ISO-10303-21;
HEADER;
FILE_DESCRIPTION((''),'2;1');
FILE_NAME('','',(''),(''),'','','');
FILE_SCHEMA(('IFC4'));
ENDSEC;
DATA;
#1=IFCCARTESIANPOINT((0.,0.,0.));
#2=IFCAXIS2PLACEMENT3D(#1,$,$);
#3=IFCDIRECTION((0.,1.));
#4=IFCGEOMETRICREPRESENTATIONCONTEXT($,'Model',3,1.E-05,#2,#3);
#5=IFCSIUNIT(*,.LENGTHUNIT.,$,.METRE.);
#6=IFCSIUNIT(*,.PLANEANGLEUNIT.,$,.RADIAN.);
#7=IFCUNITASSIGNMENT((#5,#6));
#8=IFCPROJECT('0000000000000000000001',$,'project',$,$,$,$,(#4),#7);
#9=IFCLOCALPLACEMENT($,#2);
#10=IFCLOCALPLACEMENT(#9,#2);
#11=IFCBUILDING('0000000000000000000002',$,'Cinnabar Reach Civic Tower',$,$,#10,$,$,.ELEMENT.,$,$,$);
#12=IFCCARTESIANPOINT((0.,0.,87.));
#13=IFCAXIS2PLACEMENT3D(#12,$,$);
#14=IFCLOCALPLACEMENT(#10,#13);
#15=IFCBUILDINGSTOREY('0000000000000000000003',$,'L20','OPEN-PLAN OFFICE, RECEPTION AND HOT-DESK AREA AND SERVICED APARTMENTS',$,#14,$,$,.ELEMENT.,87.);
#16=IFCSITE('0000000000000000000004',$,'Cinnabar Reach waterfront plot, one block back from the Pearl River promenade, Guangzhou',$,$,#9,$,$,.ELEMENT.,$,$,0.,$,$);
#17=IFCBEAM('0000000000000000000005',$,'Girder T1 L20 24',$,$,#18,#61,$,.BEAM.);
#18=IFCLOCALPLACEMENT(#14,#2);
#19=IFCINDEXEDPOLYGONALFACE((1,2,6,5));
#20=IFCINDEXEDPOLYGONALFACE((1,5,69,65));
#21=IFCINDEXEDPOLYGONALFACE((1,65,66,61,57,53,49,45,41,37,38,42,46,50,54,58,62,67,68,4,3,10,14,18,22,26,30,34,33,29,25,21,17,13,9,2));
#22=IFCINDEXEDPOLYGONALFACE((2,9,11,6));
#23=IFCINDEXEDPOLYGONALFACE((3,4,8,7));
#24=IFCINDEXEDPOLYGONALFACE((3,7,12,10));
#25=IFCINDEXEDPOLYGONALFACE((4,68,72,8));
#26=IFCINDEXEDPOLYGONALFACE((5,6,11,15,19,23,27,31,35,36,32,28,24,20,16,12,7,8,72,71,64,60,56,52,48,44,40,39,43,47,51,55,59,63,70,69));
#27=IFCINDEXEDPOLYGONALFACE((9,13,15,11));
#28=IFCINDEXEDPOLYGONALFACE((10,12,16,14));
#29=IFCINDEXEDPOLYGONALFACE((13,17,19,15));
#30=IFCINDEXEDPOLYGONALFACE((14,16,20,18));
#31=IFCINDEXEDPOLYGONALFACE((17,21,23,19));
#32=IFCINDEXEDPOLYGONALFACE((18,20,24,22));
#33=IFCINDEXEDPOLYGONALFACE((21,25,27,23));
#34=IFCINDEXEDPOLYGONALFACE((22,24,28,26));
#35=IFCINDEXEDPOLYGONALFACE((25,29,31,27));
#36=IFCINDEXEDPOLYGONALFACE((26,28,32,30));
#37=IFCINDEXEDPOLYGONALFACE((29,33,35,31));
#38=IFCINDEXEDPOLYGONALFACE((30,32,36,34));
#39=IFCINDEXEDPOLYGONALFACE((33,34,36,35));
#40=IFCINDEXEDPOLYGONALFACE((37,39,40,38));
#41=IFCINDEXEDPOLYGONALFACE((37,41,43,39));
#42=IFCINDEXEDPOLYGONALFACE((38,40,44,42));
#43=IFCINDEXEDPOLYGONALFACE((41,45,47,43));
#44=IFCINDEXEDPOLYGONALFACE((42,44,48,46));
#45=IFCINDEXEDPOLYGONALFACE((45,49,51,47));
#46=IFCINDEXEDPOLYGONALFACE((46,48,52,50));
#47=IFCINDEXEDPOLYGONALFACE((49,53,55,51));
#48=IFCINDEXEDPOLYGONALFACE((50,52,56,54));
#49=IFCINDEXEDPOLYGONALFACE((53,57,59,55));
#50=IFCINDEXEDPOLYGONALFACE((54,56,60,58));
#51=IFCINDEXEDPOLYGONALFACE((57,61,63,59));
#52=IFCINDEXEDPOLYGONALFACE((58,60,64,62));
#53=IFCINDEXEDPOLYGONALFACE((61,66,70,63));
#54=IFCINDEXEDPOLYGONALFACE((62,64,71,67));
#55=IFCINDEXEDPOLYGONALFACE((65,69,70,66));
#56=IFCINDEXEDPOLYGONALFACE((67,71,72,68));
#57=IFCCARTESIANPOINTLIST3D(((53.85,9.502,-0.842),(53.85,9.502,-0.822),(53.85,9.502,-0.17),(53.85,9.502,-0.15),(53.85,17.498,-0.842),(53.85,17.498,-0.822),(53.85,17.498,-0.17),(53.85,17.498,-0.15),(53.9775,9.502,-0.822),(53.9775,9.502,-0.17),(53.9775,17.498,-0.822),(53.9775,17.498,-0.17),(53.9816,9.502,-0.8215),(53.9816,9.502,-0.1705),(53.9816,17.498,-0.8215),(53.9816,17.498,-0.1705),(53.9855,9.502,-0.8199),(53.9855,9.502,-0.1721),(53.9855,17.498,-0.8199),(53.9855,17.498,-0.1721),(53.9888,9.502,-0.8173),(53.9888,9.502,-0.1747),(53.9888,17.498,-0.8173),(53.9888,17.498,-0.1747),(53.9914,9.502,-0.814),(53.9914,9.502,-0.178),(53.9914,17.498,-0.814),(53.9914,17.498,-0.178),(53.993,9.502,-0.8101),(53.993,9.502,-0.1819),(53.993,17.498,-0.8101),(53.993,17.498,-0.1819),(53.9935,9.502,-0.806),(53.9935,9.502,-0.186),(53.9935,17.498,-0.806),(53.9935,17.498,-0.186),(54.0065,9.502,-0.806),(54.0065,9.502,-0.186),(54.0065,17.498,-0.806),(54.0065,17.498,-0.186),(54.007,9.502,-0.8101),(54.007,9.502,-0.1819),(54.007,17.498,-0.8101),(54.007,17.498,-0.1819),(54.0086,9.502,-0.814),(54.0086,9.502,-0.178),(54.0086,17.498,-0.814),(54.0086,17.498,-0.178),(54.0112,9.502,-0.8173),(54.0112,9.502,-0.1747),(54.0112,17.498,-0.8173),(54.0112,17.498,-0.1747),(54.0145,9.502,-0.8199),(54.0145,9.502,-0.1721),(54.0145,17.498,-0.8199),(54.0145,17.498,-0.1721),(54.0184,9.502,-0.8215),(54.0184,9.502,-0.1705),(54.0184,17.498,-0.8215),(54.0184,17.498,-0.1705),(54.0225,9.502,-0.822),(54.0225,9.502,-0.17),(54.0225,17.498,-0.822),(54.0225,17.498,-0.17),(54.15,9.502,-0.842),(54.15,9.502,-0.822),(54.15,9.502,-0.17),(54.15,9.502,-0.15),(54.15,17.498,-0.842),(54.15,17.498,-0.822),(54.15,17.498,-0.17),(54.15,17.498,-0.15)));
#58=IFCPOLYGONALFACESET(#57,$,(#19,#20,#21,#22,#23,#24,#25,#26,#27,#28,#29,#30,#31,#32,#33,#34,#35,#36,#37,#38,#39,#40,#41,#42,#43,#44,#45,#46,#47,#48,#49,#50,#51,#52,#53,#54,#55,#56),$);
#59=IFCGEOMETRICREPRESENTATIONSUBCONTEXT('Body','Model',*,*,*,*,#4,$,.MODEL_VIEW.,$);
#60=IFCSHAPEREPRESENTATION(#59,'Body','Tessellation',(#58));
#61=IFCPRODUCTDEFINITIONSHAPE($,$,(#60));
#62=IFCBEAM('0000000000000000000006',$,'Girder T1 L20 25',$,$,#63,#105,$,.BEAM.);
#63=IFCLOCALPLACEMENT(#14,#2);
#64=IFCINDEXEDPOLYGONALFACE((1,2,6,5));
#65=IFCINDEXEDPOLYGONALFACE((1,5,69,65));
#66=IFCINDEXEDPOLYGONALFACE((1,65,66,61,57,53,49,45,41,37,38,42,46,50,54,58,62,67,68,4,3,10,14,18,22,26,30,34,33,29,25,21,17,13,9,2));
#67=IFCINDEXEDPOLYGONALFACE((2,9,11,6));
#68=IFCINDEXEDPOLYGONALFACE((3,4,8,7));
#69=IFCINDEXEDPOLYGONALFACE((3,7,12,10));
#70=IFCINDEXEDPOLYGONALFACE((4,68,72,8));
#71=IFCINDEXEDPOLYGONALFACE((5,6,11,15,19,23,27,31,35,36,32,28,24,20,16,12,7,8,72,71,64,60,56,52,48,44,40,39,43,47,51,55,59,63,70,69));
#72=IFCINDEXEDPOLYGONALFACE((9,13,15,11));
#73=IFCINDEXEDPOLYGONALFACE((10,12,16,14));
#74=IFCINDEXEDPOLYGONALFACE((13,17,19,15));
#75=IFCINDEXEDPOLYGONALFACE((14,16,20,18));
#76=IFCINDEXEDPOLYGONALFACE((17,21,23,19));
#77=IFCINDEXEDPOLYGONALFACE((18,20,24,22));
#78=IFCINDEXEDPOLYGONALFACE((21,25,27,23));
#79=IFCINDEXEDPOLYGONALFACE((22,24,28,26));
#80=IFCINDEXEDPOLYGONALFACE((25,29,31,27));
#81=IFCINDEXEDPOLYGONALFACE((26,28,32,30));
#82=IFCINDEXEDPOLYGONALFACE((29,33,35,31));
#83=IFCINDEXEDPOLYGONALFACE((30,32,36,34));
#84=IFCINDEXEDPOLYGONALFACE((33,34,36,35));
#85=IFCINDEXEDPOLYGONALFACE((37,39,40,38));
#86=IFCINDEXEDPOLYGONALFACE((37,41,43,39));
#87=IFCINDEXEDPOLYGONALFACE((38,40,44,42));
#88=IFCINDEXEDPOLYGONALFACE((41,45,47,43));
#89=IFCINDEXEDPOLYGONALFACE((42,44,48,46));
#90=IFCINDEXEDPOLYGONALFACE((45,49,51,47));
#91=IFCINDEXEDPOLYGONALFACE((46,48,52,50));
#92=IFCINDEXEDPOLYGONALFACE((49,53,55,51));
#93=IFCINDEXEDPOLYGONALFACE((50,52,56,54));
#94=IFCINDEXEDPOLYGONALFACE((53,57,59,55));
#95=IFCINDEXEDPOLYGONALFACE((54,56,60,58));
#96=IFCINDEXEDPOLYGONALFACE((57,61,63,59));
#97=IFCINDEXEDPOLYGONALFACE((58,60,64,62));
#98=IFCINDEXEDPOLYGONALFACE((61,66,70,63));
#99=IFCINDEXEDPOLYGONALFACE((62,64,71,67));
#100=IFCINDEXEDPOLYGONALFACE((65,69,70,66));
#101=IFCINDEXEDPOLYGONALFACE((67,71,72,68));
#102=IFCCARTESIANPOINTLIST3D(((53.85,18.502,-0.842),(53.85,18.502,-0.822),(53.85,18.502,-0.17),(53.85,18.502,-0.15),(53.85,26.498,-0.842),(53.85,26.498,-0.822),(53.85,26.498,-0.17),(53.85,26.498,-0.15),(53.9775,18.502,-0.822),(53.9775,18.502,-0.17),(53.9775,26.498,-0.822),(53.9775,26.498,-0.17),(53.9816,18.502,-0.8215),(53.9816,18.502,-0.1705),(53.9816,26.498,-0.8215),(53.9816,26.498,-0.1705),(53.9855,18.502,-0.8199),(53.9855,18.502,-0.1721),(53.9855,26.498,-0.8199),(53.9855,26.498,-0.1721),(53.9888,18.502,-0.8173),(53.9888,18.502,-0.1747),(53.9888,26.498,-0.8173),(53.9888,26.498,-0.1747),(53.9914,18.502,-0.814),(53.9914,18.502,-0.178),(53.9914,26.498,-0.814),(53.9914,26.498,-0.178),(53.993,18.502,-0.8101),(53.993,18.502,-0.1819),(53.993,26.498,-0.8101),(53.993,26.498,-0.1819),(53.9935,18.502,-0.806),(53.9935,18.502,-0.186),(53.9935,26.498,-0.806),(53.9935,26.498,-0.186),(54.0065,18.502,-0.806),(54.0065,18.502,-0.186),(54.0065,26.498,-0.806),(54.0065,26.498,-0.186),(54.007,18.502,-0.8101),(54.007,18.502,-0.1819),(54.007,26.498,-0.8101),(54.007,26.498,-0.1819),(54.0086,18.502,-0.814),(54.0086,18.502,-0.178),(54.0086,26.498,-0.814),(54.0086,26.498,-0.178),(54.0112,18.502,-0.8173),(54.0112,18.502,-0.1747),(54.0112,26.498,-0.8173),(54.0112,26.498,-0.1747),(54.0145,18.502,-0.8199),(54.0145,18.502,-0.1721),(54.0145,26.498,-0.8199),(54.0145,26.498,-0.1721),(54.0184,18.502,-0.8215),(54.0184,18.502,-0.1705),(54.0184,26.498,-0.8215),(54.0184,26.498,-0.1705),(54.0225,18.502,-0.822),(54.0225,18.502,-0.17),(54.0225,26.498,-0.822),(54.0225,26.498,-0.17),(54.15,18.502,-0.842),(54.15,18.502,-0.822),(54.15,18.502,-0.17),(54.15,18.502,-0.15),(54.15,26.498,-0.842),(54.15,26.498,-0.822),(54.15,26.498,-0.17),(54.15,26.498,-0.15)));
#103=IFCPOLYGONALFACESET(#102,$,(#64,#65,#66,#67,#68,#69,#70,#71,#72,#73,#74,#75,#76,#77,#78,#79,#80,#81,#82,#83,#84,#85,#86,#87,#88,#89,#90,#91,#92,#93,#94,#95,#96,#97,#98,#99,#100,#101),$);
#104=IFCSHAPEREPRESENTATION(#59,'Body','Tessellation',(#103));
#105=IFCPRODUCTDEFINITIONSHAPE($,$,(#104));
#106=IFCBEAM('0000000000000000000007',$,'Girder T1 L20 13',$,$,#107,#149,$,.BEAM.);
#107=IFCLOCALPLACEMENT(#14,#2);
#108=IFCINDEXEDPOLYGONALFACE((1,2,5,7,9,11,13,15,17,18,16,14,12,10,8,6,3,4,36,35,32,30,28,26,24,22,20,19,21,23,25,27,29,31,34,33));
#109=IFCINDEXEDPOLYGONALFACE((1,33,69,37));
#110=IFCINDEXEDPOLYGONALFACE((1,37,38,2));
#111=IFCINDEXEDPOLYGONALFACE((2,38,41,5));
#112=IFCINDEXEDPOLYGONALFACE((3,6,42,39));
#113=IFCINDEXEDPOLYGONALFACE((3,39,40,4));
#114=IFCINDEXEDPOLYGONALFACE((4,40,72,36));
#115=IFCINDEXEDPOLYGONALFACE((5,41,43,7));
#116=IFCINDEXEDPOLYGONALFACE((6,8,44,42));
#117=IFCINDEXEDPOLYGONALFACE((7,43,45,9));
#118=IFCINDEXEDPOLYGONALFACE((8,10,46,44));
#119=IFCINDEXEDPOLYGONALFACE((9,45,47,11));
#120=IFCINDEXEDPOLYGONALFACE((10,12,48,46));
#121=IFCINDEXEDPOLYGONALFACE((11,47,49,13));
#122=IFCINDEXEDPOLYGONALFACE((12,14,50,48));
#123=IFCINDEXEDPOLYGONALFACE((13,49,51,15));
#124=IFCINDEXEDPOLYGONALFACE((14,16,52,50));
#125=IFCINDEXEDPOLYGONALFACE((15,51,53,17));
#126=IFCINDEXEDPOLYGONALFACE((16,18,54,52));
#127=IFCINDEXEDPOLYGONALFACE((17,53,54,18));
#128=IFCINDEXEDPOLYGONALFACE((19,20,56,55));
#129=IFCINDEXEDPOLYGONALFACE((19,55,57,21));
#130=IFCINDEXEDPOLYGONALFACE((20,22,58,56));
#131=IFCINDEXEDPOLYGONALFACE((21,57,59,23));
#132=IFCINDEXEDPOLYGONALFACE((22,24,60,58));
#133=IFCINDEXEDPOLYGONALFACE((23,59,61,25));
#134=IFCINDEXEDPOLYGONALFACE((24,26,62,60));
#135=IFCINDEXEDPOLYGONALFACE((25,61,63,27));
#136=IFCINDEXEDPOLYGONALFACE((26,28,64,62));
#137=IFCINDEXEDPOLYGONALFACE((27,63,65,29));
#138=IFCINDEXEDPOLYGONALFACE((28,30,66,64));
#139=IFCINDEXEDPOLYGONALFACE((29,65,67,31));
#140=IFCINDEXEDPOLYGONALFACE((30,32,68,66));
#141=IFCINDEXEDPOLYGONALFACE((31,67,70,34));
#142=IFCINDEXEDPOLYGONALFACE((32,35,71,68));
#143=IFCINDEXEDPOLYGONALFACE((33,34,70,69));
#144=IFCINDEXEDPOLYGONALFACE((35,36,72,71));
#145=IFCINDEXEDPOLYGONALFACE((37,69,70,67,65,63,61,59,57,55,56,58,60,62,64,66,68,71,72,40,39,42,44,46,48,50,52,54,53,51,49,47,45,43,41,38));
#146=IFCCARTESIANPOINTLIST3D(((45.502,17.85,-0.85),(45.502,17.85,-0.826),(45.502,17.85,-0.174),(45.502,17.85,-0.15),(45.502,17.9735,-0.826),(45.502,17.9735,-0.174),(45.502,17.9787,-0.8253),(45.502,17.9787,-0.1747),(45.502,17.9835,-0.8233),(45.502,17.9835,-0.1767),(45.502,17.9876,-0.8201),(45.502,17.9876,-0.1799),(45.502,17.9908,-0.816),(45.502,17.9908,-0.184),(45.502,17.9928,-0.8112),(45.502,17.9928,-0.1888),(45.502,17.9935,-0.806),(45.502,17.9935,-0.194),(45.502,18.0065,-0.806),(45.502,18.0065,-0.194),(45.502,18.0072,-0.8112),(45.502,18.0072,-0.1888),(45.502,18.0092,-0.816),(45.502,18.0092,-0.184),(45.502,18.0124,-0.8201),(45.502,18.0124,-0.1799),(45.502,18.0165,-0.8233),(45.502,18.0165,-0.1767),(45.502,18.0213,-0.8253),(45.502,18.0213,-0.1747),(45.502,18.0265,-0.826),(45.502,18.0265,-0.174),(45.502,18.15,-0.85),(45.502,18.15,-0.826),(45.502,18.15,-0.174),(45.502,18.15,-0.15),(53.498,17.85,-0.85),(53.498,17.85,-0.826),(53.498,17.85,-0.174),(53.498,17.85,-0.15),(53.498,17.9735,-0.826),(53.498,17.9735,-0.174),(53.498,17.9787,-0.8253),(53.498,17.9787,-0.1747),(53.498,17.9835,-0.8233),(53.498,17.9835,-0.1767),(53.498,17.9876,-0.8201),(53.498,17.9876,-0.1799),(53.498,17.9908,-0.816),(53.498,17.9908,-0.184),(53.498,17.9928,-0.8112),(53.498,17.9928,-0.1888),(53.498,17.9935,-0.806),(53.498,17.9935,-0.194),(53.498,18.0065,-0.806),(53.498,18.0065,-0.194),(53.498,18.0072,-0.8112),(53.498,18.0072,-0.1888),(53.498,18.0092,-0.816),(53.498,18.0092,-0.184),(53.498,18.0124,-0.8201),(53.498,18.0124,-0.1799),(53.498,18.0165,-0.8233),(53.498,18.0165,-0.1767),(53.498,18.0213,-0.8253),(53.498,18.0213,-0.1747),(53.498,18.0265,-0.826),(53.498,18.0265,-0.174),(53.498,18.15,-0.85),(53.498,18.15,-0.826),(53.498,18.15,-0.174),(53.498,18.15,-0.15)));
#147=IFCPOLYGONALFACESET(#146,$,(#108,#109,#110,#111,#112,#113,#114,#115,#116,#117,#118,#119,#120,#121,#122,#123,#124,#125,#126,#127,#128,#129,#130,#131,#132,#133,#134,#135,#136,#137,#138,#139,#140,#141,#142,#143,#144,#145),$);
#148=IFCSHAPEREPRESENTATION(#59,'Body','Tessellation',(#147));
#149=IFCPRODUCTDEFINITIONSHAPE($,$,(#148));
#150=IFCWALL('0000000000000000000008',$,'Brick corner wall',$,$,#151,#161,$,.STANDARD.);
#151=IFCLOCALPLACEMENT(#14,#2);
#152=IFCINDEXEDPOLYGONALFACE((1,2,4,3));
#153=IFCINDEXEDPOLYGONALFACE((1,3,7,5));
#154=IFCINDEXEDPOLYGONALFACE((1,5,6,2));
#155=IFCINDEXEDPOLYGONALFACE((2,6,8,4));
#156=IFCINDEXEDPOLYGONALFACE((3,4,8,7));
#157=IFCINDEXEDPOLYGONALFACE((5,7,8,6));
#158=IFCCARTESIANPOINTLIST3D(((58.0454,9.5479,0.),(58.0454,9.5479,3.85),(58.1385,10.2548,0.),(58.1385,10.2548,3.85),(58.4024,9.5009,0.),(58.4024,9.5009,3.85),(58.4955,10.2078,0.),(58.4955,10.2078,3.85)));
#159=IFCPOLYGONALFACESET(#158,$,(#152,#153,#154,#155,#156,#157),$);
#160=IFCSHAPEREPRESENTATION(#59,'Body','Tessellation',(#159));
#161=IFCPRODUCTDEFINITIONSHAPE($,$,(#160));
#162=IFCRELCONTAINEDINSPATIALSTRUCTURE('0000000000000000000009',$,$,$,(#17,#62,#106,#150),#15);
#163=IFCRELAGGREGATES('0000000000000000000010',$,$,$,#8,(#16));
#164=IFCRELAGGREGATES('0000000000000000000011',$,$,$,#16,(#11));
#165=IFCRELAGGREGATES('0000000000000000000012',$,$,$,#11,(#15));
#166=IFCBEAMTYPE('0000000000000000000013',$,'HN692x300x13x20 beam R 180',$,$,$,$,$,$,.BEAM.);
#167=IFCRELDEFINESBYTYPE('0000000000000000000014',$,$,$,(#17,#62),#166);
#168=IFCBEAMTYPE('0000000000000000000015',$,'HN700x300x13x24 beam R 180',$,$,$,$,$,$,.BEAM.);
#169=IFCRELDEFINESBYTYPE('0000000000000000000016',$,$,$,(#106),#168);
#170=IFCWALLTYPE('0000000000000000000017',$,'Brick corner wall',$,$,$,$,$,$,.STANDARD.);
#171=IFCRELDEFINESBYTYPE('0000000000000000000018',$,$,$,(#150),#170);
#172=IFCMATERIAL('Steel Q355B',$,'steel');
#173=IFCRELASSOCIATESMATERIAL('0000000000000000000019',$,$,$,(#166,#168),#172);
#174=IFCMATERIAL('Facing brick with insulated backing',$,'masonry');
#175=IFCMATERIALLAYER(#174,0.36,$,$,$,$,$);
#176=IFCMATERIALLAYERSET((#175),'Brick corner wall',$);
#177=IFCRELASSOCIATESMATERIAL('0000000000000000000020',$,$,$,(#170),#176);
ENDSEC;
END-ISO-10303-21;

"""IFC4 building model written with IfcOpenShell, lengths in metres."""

from ifc_helpers import new_model, si_unit, direction, frame, frame_2d, origin, origin_2d, place, context, subcontext, project, spatial, rectangle, i_section, extrude, material, layer, layer_set, material_profile, profile_set, type_object, element, save


model = new_model("IFC4")

# Units and contexts
model_context = context("Model", 3, precision=1e-05, world=origin(), true_north=direction((0.0, 1.0)))
body_context = subcontext(model_context, "Body", "Model", "MODEL_VIEW")
ifc_project = project(units=[si_unit("LENGTHUNIT", "METRE"), si_unit("PLANEANGLEUNIT", "RADIAN")], contexts=[model_context])

# Site, building, storey
site_placement = place(None, origin())
site = spatial("IfcSite", under=ifc_project, at=site_placement, Name="Cinnabar Reach waterfront plot, one block back from the Pearl River promenade, Guangzhou", CompositionType="ELEMENT", RefElevation=0.0)
building_placement = place(site_placement, origin())
building = spatial("IfcBuilding", under=site, at=building_placement, Name="Cinnabar Reach Civic Tower", CompositionType="ELEMENT")
storey_placement = place(building_placement, frame((0.0, 0.0, 87.0)))
storey = spatial("IfcBuildingStorey", under=building, at=storey_placement, Name="L20", Description="OPEN-PLAN OFFICE, RECEPTION AND HOT-DESK AREA AND SERVICED APARTMENTS", CompositionType="ELEMENT", Elevation=87.0)

# Beams
ifc_material_1 = material(Name="Steel Q355B", Category="steel")
ifc_material_profile_1 = material_profile(ifc_material_1, i_section(OverallWidth=0.3, OverallDepth=0.692, WebThickness=0.013, FlangeThickness=0.02, FilletRadius=0.016, at=origin_2d()), Name="HN692x300x13x20")
ifc_profile_set_1 = profile_set([ifc_material_profile_1], Name="Steel Q355B")
beam_type_1 = type_object("IfcBeamType", Name="HN692x300x13x20 beam R 180", PredefinedType="BEAM", material=ifc_profile_set_1)
for number, where, z_axis, x_axis, name in (
    (1, (54.0, 9.502, -0.496), (0.0, 1.0, 0.0), (-1.0, 0.0, 0.0), "Girder T1 L20 24"),
    (2, (54.0, 18.502, -0.496), (0.0, 1.0, 0.0), (-1.0, 0.0, 0.0), "Girder T1 L20 25"),
):
    element("IfcBeam", number, at=place(storey_placement, frame(where, z_axis=z_axis, x_axis=x_axis)), inside=storey, type_object=beam_type_1, Name=name, PredefinedType="BEAM", context=body_context, shape_type="SweptSolid", body=[
        extrude(i_section(OverallWidth=0.3, OverallDepth=0.692, WebThickness=0.013, FlangeThickness=0.02, FilletRadius=0.016, at=origin_2d()), origin(), (0.0, 0.0, 1.0), 7.996),
    ])
ifc_material_profile_2 = material_profile(ifc_material_1, i_section(OverallWidth=0.3, OverallDepth=0.7, WebThickness=0.013, FlangeThickness=0.024, FilletRadius=0.02, at=origin_2d()), Name="HN700x300x13x24")
ifc_profile_set_2 = profile_set([ifc_material_profile_2], Name="Steel Q355B")
beam_type_2 = type_object("IfcBeamType", Name="HN700x300x13x24 beam R 180", PredefinedType="BEAM", material=ifc_profile_set_2)
beam_1_placement = place(storey_placement, frame((45.502, 18.0, -0.5), z_axis=(1.0, 0.0, 0.0), x_axis=(0.0, 1.0, 0.0)))
element("IfcBeam", 3, at=beam_1_placement, inside=storey, type_object=beam_type_2, Name="Girder T1 L20 13", PredefinedType="BEAM", context=body_context, shape_type="SweptSolid", body=[
    extrude(i_section(OverallWidth=0.3, OverallDepth=0.7, WebThickness=0.013, FlangeThickness=0.024, FilletRadius=0.02, at=origin_2d()), origin(), (0.0, 0.0, 1.0), 7.996),
])

# Wall
ifc_material_2 = material(Name="Facing brick with insulated backing", Category="masonry")
ifc_layer_1 = layer(ifc_material_2, 0.36)
ifc_layer_set_1 = layer_set([ifc_layer_1], Name="Brick corner wall")
wall_type_1 = type_object("IfcWallType", Name="Brick corner wall", PredefinedType="STANDARD", material=ifc_layer_set_1)
wall_1_placement = place(storey_placement, frame((58.2239, 9.5244, 0.0), z_axis=(0.0, 0.0, 1.0), x_axis=(0.130556, 0.991441, 0.0)))
element("IfcWall", 4, at=wall_1_placement, inside=storey, type_object=wall_type_1, Name="Brick corner wall", PredefinedType="STANDARD", context=body_context, shape_type="SweptSolid", body=[
    extrude(rectangle(XDim=0.7131, YDim=0.36, at=frame_2d((0.3565, 0.0))), origin(), (0.0, 0.0, 1.0), 3.85),
])

save(model, "model.ifc")
